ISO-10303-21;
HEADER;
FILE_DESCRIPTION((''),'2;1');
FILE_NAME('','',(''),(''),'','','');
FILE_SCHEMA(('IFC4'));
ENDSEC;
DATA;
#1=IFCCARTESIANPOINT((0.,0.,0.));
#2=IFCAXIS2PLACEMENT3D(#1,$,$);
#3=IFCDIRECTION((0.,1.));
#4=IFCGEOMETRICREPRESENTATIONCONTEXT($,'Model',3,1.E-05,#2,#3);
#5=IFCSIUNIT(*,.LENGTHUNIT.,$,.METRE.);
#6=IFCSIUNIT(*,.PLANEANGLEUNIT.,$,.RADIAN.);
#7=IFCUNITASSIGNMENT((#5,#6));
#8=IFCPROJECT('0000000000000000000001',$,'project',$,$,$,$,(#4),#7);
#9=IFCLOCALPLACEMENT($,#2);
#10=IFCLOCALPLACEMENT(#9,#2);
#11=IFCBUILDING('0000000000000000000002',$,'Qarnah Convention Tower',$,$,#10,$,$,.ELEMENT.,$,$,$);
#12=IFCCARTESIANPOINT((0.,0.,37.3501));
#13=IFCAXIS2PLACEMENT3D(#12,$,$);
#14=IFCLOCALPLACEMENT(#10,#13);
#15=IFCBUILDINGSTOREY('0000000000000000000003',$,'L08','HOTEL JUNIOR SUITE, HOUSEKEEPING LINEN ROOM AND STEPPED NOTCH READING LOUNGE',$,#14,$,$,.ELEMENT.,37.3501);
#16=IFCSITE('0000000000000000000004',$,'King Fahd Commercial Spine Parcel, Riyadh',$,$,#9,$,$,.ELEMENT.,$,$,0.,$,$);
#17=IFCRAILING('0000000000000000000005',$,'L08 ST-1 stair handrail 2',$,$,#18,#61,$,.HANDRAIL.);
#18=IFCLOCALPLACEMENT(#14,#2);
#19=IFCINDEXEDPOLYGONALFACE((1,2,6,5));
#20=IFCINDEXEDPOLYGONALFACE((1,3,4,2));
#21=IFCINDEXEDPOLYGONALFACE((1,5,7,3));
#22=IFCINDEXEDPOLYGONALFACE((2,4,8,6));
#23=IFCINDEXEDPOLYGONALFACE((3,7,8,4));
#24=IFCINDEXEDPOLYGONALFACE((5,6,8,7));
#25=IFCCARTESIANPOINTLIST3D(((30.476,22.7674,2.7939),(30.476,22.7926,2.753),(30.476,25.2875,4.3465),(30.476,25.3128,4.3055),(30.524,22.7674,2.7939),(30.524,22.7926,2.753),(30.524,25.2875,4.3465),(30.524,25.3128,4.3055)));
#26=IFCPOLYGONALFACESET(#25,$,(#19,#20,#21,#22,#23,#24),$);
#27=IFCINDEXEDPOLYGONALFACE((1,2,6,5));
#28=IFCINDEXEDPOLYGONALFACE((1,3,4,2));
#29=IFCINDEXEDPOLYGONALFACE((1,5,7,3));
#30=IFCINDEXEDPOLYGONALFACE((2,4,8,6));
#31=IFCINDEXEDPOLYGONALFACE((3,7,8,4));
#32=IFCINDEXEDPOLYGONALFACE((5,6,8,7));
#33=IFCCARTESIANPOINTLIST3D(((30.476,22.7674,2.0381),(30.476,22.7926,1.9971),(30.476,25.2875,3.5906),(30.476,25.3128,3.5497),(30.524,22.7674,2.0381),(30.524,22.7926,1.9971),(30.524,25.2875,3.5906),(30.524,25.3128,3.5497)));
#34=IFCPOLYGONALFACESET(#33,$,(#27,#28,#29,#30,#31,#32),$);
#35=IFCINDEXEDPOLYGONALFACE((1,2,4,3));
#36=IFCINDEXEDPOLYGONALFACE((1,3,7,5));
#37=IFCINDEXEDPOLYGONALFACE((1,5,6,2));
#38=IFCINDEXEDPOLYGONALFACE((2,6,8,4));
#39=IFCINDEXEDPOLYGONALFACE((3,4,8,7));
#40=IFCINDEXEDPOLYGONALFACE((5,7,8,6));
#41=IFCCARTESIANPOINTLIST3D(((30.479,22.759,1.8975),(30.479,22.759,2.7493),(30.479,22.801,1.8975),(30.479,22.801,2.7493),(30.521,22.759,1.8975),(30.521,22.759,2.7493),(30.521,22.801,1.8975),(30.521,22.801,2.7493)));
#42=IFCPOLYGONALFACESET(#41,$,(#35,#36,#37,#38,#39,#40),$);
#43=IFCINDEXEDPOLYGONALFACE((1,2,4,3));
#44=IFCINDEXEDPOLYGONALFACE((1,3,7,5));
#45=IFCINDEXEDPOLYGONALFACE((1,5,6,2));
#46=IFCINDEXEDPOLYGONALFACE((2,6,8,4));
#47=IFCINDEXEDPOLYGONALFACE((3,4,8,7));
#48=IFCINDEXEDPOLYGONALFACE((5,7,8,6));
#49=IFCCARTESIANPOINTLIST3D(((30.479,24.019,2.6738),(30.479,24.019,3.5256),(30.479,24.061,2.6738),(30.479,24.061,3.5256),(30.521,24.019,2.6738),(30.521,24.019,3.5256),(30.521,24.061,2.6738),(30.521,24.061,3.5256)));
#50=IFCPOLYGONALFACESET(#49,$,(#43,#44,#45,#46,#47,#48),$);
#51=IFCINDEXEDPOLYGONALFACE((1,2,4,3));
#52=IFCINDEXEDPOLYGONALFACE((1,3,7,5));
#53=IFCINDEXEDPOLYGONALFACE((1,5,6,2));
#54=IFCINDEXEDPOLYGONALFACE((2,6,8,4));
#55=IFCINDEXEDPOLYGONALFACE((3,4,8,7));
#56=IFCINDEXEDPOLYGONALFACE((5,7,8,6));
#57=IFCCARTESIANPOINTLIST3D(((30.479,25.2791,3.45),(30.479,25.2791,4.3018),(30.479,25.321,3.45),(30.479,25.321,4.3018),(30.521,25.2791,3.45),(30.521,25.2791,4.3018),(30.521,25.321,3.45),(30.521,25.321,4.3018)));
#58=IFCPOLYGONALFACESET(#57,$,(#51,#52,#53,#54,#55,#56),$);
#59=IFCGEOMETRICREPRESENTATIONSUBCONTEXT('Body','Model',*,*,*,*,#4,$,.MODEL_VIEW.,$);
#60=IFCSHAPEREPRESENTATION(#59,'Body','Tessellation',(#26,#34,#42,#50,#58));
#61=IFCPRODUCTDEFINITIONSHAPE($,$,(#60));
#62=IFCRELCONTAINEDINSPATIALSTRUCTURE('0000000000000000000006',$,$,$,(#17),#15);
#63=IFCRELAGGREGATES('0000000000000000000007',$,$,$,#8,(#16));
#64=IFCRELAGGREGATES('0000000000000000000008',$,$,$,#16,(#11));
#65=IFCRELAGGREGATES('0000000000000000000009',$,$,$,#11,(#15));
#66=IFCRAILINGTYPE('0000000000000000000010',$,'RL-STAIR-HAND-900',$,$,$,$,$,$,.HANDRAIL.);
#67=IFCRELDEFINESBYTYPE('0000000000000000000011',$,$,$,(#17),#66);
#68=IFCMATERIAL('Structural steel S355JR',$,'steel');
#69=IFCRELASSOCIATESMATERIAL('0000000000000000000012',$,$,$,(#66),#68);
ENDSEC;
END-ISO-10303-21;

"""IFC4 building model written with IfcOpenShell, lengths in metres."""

from ifc_helpers import new_model, si_unit, direction, frame, origin, origin_2d, place, context, subcontext, project, spatial, rectangle, extrude, material, type_object, element, save


model = new_model("IFC4")

# Units and contexts
model_context = context("Model", 3, precision=1e-05, world=origin(), true_north=direction((0.0, 1.0)))
body_context = subcontext(model_context, "Body", "Model", "MODEL_VIEW")
ifc_project = project(units=[si_unit("LENGTHUNIT", "METRE"), si_unit("PLANEANGLEUNIT", "RADIAN")], contexts=[model_context])

# Site, building, storey
site_placement = place(None, origin())
site = spatial("IfcSite", under=ifc_project, at=site_placement, Name="King Fahd Commercial Spine Parcel, Riyadh", CompositionType="ELEMENT", RefElevation=0.0)
building_placement = place(site_placement, origin())
building = spatial("IfcBuilding", under=site, at=building_placement, Name="Qarnah Convention Tower", CompositionType="ELEMENT")
storey_placement = place(building_placement, frame((0.0, 0.0, 37.3501)))
storey = spatial("IfcBuildingStorey", under=building, at=storey_placement, Name="L08", Description="HOTEL JUNIOR SUITE, HOUSEKEEPING LINEN ROOM AND STEPPED NOTCH READING LOUNGE", CompositionType="ELEMENT", Elevation=37.3501)

# Shared definitions
ifc_material_1 = material(Name="Structural steel S355JR", Category="steel")

# Railing
railing_type_1 = type_object("IfcRailingType", Name="RL-STAIR-HAND-900", PredefinedType="HANDRAIL", material=ifc_material_1)
railing_1_placement = place(storey_placement, frame((30.5, 22.78, 1.8975)))
element("IfcRailing", 1, at=railing_1_placement, inside=storey, type_object=railing_type_1, Name="L08 ST-1 stair handrail 2", PredefinedType="HANDRAIL", context=body_context, shape_type="SweptSolid", body=[
    extrude(rectangle(XDim=0.0481, YDim=0.0481, at=origin_2d()), frame((0.0, 0.0, 0.876), z_axis=(0.0, 0.8514, 0.524516), x_axis=(-1.0, 0.0, 0.0)), (0.0, 0.0, 1.0), 2.96),
    extrude(rectangle(XDim=0.0481, YDim=0.0481, at=origin_2d()), frame((0.0, 0.0, 0.1201), z_axis=(0.0, 0.8514, 0.524516), x_axis=(-1.0, 0.0, 0.0)), (0.0, 0.0, 1.0), 2.96),
    extrude(rectangle(XDim=0.042, YDim=0.042, at=origin_2d()), origin(), (0.0, 0.0, 1.0), 0.8518),
    extrude(rectangle(XDim=0.042, YDim=0.042, at=origin_2d()), frame((0.0, 1.26, 0.7764)), (0.0, 0.0, 1.0), 0.8518),
    extrude(rectangle(XDim=0.042, YDim=0.042, at=origin_2d()), frame((0.0, 2.52, 1.5525)), (0.0, 0.0, 1.0), 0.8518),
])

save(model, "model.ifc")
